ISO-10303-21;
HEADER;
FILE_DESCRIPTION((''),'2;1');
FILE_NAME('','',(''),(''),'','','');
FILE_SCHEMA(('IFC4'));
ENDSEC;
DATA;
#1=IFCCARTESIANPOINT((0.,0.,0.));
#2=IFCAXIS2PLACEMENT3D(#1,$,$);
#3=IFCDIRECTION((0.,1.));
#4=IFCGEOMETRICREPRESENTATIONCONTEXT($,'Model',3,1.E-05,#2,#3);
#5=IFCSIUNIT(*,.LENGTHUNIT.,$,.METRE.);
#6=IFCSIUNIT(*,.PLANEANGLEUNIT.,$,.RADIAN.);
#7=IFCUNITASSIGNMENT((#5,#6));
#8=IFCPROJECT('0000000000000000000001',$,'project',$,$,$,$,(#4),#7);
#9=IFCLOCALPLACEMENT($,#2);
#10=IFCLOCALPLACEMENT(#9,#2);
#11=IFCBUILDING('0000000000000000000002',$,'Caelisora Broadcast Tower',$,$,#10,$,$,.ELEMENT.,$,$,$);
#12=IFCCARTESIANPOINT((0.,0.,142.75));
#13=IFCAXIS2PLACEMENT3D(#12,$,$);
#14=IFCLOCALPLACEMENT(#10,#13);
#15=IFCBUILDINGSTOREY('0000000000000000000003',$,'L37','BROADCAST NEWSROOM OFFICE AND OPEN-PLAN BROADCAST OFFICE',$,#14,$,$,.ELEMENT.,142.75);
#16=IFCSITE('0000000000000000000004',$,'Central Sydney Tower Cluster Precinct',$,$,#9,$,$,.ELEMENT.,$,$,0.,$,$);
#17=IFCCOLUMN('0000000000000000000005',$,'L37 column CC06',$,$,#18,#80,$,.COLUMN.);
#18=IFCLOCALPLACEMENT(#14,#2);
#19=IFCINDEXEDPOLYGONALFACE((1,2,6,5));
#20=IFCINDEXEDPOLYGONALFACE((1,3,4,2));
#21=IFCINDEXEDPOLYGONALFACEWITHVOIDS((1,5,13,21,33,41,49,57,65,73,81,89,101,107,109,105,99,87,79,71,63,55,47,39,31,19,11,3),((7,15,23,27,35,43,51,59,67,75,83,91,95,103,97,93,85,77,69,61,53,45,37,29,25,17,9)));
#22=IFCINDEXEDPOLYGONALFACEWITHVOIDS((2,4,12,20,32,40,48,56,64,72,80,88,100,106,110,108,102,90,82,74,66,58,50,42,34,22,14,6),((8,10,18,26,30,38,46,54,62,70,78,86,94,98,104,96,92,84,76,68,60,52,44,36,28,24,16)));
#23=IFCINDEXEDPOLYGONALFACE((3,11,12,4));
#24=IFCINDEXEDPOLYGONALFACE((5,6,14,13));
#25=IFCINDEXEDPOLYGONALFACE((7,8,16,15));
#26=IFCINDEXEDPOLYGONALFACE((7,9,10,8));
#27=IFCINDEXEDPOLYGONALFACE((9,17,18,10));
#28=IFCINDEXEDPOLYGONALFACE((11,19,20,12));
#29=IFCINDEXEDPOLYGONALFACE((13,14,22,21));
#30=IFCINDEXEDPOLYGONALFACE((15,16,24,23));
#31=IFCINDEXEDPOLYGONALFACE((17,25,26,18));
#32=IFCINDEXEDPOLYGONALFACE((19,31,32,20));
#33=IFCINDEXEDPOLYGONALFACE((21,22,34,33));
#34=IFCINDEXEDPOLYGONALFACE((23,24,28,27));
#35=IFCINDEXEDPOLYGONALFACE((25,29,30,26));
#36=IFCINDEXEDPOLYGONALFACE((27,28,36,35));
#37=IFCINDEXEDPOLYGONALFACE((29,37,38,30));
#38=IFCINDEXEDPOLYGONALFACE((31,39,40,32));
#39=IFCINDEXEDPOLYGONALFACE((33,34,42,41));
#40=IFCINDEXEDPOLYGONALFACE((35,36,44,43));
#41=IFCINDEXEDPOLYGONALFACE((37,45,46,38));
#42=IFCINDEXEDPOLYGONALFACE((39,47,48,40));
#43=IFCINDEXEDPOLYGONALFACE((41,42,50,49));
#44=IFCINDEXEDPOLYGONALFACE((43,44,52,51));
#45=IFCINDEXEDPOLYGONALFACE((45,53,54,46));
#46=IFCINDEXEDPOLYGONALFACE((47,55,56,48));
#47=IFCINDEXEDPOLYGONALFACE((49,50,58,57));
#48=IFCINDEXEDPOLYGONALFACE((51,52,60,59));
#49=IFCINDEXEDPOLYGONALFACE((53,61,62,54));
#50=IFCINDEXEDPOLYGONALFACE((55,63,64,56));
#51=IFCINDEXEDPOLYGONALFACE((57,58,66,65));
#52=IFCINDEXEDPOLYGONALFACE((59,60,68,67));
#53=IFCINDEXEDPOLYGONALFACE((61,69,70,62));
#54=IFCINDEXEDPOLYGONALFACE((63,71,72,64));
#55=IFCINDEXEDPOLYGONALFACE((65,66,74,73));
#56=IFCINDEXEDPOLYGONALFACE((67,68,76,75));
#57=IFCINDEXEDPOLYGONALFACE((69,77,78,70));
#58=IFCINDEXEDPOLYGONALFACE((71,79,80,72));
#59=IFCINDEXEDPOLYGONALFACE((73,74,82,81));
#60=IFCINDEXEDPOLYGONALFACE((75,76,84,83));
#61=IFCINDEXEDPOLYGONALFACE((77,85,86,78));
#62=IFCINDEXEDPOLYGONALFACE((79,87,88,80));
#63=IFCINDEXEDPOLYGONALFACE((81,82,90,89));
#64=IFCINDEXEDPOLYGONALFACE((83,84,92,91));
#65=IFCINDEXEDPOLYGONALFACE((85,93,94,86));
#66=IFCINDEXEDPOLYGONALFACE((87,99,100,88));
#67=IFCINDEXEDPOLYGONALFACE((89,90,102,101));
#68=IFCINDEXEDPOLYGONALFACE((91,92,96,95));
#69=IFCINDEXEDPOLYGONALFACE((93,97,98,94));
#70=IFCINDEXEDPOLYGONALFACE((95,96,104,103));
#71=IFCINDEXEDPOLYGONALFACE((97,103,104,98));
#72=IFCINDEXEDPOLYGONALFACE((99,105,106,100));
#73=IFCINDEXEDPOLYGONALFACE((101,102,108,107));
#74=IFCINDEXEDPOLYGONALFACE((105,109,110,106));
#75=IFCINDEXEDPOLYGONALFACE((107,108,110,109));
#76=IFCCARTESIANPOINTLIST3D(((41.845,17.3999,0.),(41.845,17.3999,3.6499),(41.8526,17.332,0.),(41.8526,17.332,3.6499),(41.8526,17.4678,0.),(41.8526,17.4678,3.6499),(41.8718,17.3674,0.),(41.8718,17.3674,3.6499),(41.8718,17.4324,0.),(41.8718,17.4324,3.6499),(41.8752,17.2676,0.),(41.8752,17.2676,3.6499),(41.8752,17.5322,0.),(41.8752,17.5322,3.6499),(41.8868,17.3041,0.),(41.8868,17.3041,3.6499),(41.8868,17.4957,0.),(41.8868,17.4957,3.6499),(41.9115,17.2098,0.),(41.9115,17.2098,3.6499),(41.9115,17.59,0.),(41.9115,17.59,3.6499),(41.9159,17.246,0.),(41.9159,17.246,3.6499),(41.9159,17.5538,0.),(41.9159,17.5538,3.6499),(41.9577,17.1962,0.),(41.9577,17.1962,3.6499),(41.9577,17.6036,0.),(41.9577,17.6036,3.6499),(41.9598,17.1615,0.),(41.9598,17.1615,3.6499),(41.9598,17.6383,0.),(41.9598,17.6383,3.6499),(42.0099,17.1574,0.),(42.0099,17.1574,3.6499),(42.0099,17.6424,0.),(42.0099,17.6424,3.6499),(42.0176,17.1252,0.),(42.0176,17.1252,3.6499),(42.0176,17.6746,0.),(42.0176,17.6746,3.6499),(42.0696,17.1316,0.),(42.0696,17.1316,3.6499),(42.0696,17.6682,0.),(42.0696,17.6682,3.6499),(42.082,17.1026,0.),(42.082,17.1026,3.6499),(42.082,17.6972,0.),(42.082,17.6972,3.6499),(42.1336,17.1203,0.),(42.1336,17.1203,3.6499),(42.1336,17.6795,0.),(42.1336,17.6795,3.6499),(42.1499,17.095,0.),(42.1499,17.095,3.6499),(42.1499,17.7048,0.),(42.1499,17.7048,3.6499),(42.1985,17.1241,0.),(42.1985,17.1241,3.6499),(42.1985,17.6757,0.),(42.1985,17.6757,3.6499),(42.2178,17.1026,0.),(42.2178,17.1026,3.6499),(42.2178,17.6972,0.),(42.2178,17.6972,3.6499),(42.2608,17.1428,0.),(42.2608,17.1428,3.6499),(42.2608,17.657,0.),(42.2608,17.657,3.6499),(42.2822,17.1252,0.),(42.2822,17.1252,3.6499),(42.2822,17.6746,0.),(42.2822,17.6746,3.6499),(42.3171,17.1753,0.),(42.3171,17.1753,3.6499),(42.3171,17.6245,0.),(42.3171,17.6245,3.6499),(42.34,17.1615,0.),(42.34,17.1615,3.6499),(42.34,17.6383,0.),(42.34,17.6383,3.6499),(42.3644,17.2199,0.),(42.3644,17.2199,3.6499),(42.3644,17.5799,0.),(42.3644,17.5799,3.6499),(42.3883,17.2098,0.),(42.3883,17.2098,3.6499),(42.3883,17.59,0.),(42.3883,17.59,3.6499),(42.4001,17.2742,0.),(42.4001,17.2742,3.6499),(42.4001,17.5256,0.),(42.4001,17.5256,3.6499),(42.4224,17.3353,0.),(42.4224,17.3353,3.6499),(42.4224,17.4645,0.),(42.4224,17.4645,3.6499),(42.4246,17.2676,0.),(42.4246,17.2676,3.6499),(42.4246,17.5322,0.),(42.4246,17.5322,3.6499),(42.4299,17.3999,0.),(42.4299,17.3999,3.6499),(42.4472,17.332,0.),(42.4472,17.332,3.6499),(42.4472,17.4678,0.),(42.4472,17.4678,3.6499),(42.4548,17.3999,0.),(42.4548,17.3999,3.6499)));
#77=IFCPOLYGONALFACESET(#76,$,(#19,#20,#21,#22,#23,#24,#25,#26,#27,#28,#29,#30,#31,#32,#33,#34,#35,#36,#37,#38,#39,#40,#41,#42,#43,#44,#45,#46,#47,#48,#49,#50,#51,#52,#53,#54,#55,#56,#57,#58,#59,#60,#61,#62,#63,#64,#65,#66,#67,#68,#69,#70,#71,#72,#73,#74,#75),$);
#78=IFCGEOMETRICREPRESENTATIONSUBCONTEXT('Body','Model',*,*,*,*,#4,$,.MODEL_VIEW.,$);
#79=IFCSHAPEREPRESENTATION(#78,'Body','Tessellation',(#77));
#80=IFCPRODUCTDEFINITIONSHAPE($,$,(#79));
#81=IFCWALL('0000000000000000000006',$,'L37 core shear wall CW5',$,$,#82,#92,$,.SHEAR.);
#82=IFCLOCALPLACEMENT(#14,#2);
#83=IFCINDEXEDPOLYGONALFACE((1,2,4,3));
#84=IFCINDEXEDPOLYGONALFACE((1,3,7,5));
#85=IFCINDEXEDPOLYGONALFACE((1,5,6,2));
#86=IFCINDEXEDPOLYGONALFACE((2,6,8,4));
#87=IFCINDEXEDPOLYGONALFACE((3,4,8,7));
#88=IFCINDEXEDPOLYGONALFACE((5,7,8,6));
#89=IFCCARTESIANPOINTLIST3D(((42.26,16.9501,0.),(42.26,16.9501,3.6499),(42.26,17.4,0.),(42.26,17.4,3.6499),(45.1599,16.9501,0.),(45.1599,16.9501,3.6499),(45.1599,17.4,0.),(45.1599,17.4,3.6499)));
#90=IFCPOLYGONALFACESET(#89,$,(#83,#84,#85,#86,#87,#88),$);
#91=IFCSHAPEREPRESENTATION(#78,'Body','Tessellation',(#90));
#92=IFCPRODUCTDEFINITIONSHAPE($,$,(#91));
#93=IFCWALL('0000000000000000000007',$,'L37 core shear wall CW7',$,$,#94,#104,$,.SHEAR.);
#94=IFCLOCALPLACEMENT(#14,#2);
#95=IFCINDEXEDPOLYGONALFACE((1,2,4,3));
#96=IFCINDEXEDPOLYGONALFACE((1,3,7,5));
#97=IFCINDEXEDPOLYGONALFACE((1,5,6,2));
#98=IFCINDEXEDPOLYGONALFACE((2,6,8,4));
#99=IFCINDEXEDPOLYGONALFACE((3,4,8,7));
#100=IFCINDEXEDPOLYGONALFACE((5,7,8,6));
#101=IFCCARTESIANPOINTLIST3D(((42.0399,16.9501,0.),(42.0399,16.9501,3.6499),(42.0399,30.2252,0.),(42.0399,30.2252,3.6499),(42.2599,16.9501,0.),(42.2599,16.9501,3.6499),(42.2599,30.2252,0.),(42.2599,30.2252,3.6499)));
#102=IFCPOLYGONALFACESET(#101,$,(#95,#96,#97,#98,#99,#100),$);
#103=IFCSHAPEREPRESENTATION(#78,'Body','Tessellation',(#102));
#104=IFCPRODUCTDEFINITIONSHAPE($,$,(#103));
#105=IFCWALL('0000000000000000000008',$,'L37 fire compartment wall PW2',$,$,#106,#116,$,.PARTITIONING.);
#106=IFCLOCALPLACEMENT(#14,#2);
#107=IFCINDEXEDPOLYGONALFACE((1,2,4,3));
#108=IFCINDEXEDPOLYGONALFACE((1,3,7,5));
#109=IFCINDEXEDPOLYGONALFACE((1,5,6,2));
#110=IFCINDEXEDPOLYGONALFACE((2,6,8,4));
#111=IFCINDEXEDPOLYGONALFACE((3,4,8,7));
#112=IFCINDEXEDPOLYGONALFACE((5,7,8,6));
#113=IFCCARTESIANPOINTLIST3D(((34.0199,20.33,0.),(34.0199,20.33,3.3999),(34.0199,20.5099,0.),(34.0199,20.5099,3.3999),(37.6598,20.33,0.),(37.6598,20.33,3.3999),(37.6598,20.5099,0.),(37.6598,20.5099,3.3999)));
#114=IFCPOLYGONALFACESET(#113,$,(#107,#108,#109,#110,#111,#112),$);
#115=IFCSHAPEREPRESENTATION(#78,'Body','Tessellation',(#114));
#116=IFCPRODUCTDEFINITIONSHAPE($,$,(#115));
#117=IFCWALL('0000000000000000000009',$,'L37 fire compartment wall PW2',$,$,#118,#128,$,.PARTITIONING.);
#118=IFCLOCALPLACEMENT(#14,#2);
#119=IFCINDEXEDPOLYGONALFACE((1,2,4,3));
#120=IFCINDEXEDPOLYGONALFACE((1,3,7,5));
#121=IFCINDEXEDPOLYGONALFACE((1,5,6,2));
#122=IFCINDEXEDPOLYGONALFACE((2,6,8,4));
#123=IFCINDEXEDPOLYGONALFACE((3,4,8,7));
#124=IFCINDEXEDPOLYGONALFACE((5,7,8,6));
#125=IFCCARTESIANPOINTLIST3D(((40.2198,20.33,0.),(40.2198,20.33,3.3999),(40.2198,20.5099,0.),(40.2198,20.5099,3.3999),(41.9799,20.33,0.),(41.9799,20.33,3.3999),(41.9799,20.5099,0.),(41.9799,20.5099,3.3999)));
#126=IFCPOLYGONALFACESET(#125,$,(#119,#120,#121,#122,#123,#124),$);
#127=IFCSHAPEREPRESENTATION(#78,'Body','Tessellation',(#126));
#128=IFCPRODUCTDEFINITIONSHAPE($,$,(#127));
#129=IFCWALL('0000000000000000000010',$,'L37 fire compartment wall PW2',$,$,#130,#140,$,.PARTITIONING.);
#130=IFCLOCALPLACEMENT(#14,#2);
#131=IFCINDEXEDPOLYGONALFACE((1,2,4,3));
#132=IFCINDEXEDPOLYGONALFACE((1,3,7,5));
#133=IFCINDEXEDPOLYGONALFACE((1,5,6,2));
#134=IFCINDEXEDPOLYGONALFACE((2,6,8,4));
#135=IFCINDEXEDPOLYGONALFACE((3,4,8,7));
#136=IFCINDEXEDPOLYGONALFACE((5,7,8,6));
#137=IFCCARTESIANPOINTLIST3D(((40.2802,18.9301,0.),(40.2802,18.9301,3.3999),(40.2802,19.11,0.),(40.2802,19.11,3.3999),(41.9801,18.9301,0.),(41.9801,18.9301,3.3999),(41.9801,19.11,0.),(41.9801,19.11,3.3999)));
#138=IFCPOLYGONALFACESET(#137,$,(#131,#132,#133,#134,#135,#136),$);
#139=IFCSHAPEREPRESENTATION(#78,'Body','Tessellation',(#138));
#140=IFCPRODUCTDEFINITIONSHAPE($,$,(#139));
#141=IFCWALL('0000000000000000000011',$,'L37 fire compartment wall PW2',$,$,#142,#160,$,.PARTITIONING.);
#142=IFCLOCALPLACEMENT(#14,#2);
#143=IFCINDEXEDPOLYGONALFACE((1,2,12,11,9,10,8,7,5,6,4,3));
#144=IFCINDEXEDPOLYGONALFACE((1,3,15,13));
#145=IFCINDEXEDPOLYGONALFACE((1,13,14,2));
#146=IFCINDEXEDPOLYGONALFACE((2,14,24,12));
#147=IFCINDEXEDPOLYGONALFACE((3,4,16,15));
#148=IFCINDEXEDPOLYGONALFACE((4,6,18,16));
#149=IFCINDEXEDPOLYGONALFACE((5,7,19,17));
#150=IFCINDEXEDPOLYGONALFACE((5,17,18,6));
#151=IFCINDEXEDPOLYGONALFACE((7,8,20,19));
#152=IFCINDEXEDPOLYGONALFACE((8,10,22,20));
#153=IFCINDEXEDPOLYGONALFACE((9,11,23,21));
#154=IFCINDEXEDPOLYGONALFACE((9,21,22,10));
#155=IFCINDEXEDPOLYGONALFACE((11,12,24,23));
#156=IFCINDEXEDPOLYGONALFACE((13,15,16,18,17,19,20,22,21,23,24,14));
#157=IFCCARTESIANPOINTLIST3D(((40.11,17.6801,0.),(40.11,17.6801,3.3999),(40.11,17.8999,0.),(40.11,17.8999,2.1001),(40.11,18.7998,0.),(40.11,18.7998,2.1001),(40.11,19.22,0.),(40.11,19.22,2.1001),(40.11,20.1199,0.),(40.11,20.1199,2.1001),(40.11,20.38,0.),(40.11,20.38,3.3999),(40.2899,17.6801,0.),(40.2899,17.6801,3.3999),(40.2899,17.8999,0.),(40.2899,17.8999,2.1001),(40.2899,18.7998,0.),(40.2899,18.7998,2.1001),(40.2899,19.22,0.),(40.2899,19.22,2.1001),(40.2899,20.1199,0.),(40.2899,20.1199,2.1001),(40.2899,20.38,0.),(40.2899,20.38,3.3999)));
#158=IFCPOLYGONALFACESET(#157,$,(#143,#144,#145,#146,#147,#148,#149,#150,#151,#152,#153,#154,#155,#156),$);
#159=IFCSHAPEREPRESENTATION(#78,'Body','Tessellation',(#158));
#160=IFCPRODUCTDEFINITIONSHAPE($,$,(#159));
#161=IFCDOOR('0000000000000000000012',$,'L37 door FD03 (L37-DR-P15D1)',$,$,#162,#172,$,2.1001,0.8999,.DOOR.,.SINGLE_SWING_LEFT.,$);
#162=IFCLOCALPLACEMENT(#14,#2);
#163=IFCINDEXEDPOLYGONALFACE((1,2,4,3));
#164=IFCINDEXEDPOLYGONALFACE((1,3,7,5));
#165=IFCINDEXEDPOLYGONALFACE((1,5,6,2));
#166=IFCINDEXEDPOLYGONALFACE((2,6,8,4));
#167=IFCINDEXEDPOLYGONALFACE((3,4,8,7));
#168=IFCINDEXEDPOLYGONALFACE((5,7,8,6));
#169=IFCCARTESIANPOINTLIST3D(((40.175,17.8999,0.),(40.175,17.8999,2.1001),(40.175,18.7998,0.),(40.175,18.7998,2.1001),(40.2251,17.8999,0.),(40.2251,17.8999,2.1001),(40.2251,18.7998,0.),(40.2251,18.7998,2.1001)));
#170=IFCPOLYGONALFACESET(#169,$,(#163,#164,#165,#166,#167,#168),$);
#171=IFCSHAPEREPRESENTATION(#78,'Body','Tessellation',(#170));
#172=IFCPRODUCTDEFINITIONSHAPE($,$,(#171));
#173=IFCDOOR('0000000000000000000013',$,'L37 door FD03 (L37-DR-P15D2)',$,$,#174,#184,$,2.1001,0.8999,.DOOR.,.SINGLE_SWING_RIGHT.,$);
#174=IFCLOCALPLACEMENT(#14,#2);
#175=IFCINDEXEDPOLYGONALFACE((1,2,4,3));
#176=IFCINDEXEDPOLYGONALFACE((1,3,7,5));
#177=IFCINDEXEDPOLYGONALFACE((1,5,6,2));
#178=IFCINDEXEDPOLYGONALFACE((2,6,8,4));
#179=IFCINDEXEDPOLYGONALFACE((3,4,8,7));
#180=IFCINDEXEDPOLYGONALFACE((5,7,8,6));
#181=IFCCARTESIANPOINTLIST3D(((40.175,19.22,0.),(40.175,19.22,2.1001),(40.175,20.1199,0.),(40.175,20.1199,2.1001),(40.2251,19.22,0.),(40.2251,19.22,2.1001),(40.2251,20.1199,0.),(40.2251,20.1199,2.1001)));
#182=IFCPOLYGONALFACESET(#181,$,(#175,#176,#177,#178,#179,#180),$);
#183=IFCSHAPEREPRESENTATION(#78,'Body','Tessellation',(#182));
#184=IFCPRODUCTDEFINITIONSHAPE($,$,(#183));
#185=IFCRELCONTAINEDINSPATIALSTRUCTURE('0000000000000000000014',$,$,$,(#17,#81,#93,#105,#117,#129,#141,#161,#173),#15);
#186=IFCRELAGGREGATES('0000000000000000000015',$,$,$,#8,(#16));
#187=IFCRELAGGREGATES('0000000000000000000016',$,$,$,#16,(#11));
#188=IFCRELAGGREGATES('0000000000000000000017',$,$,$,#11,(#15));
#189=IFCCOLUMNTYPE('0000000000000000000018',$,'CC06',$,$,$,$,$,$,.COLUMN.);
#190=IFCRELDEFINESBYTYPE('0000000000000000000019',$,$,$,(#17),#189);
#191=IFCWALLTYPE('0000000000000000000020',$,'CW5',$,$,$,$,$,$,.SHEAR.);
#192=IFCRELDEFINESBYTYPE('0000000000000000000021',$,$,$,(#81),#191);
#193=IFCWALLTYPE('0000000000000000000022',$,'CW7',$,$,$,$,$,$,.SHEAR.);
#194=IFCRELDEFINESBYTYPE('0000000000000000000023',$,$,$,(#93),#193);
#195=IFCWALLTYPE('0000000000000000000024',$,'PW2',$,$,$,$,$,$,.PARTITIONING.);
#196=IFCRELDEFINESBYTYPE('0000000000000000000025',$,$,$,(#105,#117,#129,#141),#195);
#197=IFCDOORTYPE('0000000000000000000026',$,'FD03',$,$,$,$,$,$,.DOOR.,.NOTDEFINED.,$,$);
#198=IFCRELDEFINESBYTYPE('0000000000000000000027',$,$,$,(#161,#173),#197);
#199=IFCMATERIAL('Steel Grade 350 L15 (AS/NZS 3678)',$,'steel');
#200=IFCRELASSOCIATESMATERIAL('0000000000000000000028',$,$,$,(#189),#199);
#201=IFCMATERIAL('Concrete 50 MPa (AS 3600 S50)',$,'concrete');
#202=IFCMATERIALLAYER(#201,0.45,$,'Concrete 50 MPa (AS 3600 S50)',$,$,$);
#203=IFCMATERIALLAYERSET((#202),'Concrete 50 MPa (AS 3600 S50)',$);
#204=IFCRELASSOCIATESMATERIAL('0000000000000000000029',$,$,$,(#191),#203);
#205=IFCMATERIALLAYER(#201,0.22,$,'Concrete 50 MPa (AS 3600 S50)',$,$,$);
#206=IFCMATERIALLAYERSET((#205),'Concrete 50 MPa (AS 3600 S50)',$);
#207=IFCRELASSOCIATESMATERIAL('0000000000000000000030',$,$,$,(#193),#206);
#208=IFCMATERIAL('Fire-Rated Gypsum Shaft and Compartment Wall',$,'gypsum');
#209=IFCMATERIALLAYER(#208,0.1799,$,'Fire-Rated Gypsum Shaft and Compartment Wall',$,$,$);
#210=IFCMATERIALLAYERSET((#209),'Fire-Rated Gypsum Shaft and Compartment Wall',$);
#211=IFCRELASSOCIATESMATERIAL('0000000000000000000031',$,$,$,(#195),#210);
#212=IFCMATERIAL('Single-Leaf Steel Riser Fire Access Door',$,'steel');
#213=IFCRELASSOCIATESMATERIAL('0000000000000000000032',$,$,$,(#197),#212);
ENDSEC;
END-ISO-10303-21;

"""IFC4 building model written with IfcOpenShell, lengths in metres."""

from ifc_helpers import new_model, si_unit, direction, frame, frame_2d, origin, origin_2d, place, context, subcontext, project, spatial, rectangle, hollow_circle, extrude, source, transform, mapped, material, layer, layer_set, material_profile, profile_set, type_object, type_shapes, element, fill, save


model = new_model("IFC4")

# Units and contexts
model_context = context("Model", 3, precision=1e-05, world=origin(), true_north=direction((0.0, 1.0)))
body_context = subcontext(model_context, "Body", "Model", "MODEL_VIEW")
ifc_project = project(units=[si_unit("LENGTHUNIT", "METRE"), si_unit("PLANEANGLEUNIT", "RADIAN")], contexts=[model_context])

# Site, building, storey
site_placement = place(None, origin())
site = spatial("IfcSite", under=ifc_project, at=site_placement, Name="Central Sydney Tower Cluster Precinct", CompositionType="ELEMENT", RefElevation=0.0)
building_placement = place(site_placement, origin())
building = spatial("IfcBuilding", under=site, at=building_placement, Name="Caelisora Broadcast Tower", CompositionType="ELEMENT")
storey_placement = place(building_placement, frame((0.0, 0.0, 142.75)))
storey = spatial("IfcBuildingStorey", under=building, at=storey_placement, Name="L37", Description="BROADCAST NEWSROOM OFFICE AND OPEN-PLAN BROADCAST OFFICE", CompositionType="ELEMENT", Elevation=142.75)

# Column
ifc_material_1 = material(Name="Steel Grade 350 L15 (AS/NZS 3678)", Category="steel")
ifc_material_profile = material_profile(ifc_material_1, hollow_circle(Radius=0.3049, WallThickness=0.0249, at=origin_2d()), Name="Steel Grade 350 L15 (AS/NZS 3678)")
ifc_profile_set = profile_set([ifc_material_profile], Name="Steel Grade 350 L15 (AS/NZS 3678)")
column_type = type_object("IfcColumnType", Name="CC06", PredefinedType="COLUMN", material=ifc_profile_set)
shared_shape = source(origin(), body_context, "Body", "SweptSolid", [
    extrude(hollow_circle(Radius=0.3049, WallThickness=0.0249, at=origin_2d()), origin(), (0.0, 0.0, 1.0), 3.6499),
])
type_shapes(column_type, [shared_shape])
column_placement = place(storey_placement, frame((42.1499, 17.3999, 0.0), z_axis=(0.0, 0.0, 1.0), x_axis=(1.0, 0.0, 0.0)))
element("IfcColumn", 1, at=column_placement, inside=storey, type_object=column_type, Name="L37 column CC06", PredefinedType="COLUMN", context=body_context, shape_type="MappedRepresentation", body=[
    mapped(shared_shape, transform((0.0, 0.0, 0.0), scale=1.0)),
])

# Walls
ifc_material_2 = material(Name="Concrete 50 MPa (AS 3600 S50)", Category="concrete")
ifc_layer_1 = layer(ifc_material_2, 0.45, Name="Concrete 50 MPa (AS 3600 S50)")
ifc_layer_set_1 = layer_set([ifc_layer_1], Name="Concrete 50 MPa (AS 3600 S50)")
wall_type_1 = type_object("IfcWallType", Name="CW5", PredefinedType="SHEAR", material=ifc_layer_set_1)
wall_1_placement = place(storey_placement, frame((42.26, 17.175, 0.0), z_axis=(0.0, 0.0, 1.0), x_axis=(1.0, 0.0, 0.0)))
element("IfcWall", 2, at=wall_1_placement, inside=storey, type_object=wall_type_1, Name="L37 core shear wall CW5", PredefinedType="SHEAR", context=body_context, shape_type="SweptSolid", body=[
    extrude(rectangle(XDim=2.8999, YDim=0.45, at=frame_2d((1.45, 0.0))), origin(), (0.0, 0.0, 1.0), 3.6499),
])
ifc_layer_2 = layer(ifc_material_2, 0.22, Name="Concrete 50 MPa (AS 3600 S50)")
ifc_layer_set_2 = layer_set([ifc_layer_2], Name="Concrete 50 MPa (AS 3600 S50)")
wall_type_2 = type_object("IfcWallType", Name="CW7", PredefinedType="SHEAR", material=ifc_layer_set_2)
wall_2_placement = place(storey_placement, frame((42.1499, 16.95, 0.0), z_axis=(0.0, 0.0, 1.0), x_axis=(0.0, 1.0, 0.0)))
element("IfcWall", 3, at=wall_2_placement, inside=storey, type_object=wall_type_2, Name="L37 core shear wall CW7", PredefinedType="SHEAR", context=body_context, shape_type="SweptSolid", body=[
    extrude(rectangle(XDim=13.2751, YDim=0.22, at=frame_2d((6.6377, 0.0))), origin(), (0.0, 0.0, 1.0), 3.6499),
])
ifc_material_3 = material(Name="Fire-Rated Gypsum Shaft and Compartment Wall", Category="gypsum")
ifc_layer_3 = layer(ifc_material_3, 0.1799, Name="Fire-Rated Gypsum Shaft and Compartment Wall")
ifc_layer_set_3 = layer_set([ifc_layer_3], Name="Fire-Rated Gypsum Shaft and Compartment Wall")
wall_type_3 = type_object("IfcWallType", Name="PW2", PredefinedType="PARTITIONING", material=ifc_layer_set_3)
wall_3_placement = place(storey_placement, frame((34.02, 20.4199, 0.0), z_axis=(0.0, 0.0, 1.0), x_axis=(1.0, 0.0, 0.0)))
element("IfcWall", 4, at=wall_3_placement, inside=storey, type_object=wall_type_3, Name="L37 fire compartment wall PW2", PredefinedType="PARTITIONING", context=body_context, shape_type="SweptSolid", body=[
    extrude(rectangle(XDim=3.6399, YDim=0.1799, at=frame_2d((1.8198, 0.0))), origin(), (0.0, 0.0, 1.0), 3.3999),
])
wall_4_placement = place(storey_placement, frame((40.22, 20.4199, 0.0), z_axis=(0.0, 0.0, 1.0), x_axis=(1.0, 0.0, 0.0)))
element("IfcWall", 5, at=wall_4_placement, inside=storey, type_object=wall_type_3, Name="L37 fire compartment wall PW2", PredefinedType="PARTITIONING", context=body_context, shape_type="SweptSolid", body=[
    extrude(rectangle(XDim=1.76, YDim=0.1799, at=frame_2d((0.8799, 0.0))), origin(), (0.0, 0.0, 1.0), 3.3999),
])
wall_5_placement = place(storey_placement, frame((40.28, 19.02, 0.0), z_axis=(0.0, 0.0, 1.0), x_axis=(1.0, 0.0, 0.0)))
element("IfcWall", 6, at=wall_5_placement, inside=storey, type_object=wall_type_3, Name="L37 fire compartment wall PW2", PredefinedType="PARTITIONING", context=body_context, shape_type="SweptSolid", body=[
    extrude(rectangle(XDim=1.7, YDim=0.1799, at=frame_2d((0.8501, 0.0))), origin(), (0.0, 0.0, 1.0), 3.3999),
])

# Wall, openings, doors
wall_6_placement = place(storey_placement, frame((40.2, 17.6799, 0.0), z_axis=(0.0, 0.0, 1.0), x_axis=(0.0, 1.0, 0.0)))
wall_6 = element("IfcWall", 7, at=wall_6_placement, inside=storey, type_object=wall_type_3, Name="L37 fire compartment wall PW2", PredefinedType="PARTITIONING", context=body_context, shape_type="SweptSolid", body=[
    extrude(rectangle(XDim=2.7, YDim=0.1799, at=frame_2d((1.3501, 0.0))), origin(), (0.0, 0.0, 1.0), 3.3999),
])
opening_1_placement = place(wall_6_placement, frame((0.22, 0.0, 0.0)))
opening_1 = element("IfcOpeningElement", 8, at=opening_1_placement, cuts=wall_6, PredefinedType="OPENING", context=body_context, shape_type="SweptSolid", body=[
    extrude(rectangle(XDim=0.8999, YDim=2.1001, at=frame_2d((0.45, 1.05))), frame((0.0, 0.1021, 0.0), z_axis=(0.0, -1.0, 0.0), x_axis=(1.0, 0.0, 0.0)), (0.0, 0.0, 1.0), 0.2039),
])
opening_2_placement = place(wall_6_placement, frame((1.54, 0.0, 0.0)))
opening_2 = element("IfcOpeningElement", 9, at=opening_2_placement, cuts=wall_6, PredefinedType="OPENING", context=body_context, shape_type="SweptSolid", body=[
    extrude(rectangle(XDim=0.8999, YDim=2.1001, at=frame_2d((0.45, 1.05))), frame((0.0, 0.1021, 0.0), z_axis=(0.0, -1.0, 0.0), x_axis=(1.0, 0.0, 0.0)), (0.0, 0.0, 1.0), 0.2039),
])
ifc_material_4 = material(Name="Single-Leaf Steel Riser Fire Access Door", Category="steel")
door_type_1 = type_object("IfcDoorType", Name="FD03", OperationType="NOTDEFINED", PredefinedType="DOOR", material=ifc_material_4)
door_1_placement = place(opening_1_placement, origin())
door_1 = element("IfcDoor", 10, at=door_1_placement, inside=storey, type_object=door_type_1, Name="L37 door FD03 (L37-DR-P15D1)", OperationType="SINGLE_SWING_LEFT", OverallHeight=2.1001, OverallWidth=0.8999, PredefinedType="DOOR", context=body_context, shape_type="SweptSolid", body=[
    extrude(rectangle(XDim=0.8999, YDim=2.1001, at=frame_2d((0.45, 1.05))), frame((0.0, 0.0249, 0.0), z_axis=(0.0, -1.0, 0.0), x_axis=(1.0, 0.0, 0.0)), (0.0, 0.0, 1.0), 0.05),
])
fill(opening_1, door_1)
door_2_placement = place(opening_2_placement, origin())
door_2 = element("IfcDoor", 11, at=door_2_placement, inside=storey, type_object=door_type_1, Name="L37 door FD03 (L37-DR-P15D2)", OperationType="SINGLE_SWING_RIGHT", OverallHeight=2.1001, OverallWidth=0.8999, PredefinedType="DOOR", context=body_context, shape_type="SweptSolid", body=[
    extrude(rectangle(XDim=0.8999, YDim=2.1001, at=frame_2d((0.45, 1.05))), frame((0.0, 0.0249, 0.0), z_axis=(0.0, -1.0, 0.0), x_axis=(1.0, 0.0, 0.0)), (0.0, 0.0, 1.0), 0.05),
])
fill(opening_2, door_2)

save(model, "model.ifc")
